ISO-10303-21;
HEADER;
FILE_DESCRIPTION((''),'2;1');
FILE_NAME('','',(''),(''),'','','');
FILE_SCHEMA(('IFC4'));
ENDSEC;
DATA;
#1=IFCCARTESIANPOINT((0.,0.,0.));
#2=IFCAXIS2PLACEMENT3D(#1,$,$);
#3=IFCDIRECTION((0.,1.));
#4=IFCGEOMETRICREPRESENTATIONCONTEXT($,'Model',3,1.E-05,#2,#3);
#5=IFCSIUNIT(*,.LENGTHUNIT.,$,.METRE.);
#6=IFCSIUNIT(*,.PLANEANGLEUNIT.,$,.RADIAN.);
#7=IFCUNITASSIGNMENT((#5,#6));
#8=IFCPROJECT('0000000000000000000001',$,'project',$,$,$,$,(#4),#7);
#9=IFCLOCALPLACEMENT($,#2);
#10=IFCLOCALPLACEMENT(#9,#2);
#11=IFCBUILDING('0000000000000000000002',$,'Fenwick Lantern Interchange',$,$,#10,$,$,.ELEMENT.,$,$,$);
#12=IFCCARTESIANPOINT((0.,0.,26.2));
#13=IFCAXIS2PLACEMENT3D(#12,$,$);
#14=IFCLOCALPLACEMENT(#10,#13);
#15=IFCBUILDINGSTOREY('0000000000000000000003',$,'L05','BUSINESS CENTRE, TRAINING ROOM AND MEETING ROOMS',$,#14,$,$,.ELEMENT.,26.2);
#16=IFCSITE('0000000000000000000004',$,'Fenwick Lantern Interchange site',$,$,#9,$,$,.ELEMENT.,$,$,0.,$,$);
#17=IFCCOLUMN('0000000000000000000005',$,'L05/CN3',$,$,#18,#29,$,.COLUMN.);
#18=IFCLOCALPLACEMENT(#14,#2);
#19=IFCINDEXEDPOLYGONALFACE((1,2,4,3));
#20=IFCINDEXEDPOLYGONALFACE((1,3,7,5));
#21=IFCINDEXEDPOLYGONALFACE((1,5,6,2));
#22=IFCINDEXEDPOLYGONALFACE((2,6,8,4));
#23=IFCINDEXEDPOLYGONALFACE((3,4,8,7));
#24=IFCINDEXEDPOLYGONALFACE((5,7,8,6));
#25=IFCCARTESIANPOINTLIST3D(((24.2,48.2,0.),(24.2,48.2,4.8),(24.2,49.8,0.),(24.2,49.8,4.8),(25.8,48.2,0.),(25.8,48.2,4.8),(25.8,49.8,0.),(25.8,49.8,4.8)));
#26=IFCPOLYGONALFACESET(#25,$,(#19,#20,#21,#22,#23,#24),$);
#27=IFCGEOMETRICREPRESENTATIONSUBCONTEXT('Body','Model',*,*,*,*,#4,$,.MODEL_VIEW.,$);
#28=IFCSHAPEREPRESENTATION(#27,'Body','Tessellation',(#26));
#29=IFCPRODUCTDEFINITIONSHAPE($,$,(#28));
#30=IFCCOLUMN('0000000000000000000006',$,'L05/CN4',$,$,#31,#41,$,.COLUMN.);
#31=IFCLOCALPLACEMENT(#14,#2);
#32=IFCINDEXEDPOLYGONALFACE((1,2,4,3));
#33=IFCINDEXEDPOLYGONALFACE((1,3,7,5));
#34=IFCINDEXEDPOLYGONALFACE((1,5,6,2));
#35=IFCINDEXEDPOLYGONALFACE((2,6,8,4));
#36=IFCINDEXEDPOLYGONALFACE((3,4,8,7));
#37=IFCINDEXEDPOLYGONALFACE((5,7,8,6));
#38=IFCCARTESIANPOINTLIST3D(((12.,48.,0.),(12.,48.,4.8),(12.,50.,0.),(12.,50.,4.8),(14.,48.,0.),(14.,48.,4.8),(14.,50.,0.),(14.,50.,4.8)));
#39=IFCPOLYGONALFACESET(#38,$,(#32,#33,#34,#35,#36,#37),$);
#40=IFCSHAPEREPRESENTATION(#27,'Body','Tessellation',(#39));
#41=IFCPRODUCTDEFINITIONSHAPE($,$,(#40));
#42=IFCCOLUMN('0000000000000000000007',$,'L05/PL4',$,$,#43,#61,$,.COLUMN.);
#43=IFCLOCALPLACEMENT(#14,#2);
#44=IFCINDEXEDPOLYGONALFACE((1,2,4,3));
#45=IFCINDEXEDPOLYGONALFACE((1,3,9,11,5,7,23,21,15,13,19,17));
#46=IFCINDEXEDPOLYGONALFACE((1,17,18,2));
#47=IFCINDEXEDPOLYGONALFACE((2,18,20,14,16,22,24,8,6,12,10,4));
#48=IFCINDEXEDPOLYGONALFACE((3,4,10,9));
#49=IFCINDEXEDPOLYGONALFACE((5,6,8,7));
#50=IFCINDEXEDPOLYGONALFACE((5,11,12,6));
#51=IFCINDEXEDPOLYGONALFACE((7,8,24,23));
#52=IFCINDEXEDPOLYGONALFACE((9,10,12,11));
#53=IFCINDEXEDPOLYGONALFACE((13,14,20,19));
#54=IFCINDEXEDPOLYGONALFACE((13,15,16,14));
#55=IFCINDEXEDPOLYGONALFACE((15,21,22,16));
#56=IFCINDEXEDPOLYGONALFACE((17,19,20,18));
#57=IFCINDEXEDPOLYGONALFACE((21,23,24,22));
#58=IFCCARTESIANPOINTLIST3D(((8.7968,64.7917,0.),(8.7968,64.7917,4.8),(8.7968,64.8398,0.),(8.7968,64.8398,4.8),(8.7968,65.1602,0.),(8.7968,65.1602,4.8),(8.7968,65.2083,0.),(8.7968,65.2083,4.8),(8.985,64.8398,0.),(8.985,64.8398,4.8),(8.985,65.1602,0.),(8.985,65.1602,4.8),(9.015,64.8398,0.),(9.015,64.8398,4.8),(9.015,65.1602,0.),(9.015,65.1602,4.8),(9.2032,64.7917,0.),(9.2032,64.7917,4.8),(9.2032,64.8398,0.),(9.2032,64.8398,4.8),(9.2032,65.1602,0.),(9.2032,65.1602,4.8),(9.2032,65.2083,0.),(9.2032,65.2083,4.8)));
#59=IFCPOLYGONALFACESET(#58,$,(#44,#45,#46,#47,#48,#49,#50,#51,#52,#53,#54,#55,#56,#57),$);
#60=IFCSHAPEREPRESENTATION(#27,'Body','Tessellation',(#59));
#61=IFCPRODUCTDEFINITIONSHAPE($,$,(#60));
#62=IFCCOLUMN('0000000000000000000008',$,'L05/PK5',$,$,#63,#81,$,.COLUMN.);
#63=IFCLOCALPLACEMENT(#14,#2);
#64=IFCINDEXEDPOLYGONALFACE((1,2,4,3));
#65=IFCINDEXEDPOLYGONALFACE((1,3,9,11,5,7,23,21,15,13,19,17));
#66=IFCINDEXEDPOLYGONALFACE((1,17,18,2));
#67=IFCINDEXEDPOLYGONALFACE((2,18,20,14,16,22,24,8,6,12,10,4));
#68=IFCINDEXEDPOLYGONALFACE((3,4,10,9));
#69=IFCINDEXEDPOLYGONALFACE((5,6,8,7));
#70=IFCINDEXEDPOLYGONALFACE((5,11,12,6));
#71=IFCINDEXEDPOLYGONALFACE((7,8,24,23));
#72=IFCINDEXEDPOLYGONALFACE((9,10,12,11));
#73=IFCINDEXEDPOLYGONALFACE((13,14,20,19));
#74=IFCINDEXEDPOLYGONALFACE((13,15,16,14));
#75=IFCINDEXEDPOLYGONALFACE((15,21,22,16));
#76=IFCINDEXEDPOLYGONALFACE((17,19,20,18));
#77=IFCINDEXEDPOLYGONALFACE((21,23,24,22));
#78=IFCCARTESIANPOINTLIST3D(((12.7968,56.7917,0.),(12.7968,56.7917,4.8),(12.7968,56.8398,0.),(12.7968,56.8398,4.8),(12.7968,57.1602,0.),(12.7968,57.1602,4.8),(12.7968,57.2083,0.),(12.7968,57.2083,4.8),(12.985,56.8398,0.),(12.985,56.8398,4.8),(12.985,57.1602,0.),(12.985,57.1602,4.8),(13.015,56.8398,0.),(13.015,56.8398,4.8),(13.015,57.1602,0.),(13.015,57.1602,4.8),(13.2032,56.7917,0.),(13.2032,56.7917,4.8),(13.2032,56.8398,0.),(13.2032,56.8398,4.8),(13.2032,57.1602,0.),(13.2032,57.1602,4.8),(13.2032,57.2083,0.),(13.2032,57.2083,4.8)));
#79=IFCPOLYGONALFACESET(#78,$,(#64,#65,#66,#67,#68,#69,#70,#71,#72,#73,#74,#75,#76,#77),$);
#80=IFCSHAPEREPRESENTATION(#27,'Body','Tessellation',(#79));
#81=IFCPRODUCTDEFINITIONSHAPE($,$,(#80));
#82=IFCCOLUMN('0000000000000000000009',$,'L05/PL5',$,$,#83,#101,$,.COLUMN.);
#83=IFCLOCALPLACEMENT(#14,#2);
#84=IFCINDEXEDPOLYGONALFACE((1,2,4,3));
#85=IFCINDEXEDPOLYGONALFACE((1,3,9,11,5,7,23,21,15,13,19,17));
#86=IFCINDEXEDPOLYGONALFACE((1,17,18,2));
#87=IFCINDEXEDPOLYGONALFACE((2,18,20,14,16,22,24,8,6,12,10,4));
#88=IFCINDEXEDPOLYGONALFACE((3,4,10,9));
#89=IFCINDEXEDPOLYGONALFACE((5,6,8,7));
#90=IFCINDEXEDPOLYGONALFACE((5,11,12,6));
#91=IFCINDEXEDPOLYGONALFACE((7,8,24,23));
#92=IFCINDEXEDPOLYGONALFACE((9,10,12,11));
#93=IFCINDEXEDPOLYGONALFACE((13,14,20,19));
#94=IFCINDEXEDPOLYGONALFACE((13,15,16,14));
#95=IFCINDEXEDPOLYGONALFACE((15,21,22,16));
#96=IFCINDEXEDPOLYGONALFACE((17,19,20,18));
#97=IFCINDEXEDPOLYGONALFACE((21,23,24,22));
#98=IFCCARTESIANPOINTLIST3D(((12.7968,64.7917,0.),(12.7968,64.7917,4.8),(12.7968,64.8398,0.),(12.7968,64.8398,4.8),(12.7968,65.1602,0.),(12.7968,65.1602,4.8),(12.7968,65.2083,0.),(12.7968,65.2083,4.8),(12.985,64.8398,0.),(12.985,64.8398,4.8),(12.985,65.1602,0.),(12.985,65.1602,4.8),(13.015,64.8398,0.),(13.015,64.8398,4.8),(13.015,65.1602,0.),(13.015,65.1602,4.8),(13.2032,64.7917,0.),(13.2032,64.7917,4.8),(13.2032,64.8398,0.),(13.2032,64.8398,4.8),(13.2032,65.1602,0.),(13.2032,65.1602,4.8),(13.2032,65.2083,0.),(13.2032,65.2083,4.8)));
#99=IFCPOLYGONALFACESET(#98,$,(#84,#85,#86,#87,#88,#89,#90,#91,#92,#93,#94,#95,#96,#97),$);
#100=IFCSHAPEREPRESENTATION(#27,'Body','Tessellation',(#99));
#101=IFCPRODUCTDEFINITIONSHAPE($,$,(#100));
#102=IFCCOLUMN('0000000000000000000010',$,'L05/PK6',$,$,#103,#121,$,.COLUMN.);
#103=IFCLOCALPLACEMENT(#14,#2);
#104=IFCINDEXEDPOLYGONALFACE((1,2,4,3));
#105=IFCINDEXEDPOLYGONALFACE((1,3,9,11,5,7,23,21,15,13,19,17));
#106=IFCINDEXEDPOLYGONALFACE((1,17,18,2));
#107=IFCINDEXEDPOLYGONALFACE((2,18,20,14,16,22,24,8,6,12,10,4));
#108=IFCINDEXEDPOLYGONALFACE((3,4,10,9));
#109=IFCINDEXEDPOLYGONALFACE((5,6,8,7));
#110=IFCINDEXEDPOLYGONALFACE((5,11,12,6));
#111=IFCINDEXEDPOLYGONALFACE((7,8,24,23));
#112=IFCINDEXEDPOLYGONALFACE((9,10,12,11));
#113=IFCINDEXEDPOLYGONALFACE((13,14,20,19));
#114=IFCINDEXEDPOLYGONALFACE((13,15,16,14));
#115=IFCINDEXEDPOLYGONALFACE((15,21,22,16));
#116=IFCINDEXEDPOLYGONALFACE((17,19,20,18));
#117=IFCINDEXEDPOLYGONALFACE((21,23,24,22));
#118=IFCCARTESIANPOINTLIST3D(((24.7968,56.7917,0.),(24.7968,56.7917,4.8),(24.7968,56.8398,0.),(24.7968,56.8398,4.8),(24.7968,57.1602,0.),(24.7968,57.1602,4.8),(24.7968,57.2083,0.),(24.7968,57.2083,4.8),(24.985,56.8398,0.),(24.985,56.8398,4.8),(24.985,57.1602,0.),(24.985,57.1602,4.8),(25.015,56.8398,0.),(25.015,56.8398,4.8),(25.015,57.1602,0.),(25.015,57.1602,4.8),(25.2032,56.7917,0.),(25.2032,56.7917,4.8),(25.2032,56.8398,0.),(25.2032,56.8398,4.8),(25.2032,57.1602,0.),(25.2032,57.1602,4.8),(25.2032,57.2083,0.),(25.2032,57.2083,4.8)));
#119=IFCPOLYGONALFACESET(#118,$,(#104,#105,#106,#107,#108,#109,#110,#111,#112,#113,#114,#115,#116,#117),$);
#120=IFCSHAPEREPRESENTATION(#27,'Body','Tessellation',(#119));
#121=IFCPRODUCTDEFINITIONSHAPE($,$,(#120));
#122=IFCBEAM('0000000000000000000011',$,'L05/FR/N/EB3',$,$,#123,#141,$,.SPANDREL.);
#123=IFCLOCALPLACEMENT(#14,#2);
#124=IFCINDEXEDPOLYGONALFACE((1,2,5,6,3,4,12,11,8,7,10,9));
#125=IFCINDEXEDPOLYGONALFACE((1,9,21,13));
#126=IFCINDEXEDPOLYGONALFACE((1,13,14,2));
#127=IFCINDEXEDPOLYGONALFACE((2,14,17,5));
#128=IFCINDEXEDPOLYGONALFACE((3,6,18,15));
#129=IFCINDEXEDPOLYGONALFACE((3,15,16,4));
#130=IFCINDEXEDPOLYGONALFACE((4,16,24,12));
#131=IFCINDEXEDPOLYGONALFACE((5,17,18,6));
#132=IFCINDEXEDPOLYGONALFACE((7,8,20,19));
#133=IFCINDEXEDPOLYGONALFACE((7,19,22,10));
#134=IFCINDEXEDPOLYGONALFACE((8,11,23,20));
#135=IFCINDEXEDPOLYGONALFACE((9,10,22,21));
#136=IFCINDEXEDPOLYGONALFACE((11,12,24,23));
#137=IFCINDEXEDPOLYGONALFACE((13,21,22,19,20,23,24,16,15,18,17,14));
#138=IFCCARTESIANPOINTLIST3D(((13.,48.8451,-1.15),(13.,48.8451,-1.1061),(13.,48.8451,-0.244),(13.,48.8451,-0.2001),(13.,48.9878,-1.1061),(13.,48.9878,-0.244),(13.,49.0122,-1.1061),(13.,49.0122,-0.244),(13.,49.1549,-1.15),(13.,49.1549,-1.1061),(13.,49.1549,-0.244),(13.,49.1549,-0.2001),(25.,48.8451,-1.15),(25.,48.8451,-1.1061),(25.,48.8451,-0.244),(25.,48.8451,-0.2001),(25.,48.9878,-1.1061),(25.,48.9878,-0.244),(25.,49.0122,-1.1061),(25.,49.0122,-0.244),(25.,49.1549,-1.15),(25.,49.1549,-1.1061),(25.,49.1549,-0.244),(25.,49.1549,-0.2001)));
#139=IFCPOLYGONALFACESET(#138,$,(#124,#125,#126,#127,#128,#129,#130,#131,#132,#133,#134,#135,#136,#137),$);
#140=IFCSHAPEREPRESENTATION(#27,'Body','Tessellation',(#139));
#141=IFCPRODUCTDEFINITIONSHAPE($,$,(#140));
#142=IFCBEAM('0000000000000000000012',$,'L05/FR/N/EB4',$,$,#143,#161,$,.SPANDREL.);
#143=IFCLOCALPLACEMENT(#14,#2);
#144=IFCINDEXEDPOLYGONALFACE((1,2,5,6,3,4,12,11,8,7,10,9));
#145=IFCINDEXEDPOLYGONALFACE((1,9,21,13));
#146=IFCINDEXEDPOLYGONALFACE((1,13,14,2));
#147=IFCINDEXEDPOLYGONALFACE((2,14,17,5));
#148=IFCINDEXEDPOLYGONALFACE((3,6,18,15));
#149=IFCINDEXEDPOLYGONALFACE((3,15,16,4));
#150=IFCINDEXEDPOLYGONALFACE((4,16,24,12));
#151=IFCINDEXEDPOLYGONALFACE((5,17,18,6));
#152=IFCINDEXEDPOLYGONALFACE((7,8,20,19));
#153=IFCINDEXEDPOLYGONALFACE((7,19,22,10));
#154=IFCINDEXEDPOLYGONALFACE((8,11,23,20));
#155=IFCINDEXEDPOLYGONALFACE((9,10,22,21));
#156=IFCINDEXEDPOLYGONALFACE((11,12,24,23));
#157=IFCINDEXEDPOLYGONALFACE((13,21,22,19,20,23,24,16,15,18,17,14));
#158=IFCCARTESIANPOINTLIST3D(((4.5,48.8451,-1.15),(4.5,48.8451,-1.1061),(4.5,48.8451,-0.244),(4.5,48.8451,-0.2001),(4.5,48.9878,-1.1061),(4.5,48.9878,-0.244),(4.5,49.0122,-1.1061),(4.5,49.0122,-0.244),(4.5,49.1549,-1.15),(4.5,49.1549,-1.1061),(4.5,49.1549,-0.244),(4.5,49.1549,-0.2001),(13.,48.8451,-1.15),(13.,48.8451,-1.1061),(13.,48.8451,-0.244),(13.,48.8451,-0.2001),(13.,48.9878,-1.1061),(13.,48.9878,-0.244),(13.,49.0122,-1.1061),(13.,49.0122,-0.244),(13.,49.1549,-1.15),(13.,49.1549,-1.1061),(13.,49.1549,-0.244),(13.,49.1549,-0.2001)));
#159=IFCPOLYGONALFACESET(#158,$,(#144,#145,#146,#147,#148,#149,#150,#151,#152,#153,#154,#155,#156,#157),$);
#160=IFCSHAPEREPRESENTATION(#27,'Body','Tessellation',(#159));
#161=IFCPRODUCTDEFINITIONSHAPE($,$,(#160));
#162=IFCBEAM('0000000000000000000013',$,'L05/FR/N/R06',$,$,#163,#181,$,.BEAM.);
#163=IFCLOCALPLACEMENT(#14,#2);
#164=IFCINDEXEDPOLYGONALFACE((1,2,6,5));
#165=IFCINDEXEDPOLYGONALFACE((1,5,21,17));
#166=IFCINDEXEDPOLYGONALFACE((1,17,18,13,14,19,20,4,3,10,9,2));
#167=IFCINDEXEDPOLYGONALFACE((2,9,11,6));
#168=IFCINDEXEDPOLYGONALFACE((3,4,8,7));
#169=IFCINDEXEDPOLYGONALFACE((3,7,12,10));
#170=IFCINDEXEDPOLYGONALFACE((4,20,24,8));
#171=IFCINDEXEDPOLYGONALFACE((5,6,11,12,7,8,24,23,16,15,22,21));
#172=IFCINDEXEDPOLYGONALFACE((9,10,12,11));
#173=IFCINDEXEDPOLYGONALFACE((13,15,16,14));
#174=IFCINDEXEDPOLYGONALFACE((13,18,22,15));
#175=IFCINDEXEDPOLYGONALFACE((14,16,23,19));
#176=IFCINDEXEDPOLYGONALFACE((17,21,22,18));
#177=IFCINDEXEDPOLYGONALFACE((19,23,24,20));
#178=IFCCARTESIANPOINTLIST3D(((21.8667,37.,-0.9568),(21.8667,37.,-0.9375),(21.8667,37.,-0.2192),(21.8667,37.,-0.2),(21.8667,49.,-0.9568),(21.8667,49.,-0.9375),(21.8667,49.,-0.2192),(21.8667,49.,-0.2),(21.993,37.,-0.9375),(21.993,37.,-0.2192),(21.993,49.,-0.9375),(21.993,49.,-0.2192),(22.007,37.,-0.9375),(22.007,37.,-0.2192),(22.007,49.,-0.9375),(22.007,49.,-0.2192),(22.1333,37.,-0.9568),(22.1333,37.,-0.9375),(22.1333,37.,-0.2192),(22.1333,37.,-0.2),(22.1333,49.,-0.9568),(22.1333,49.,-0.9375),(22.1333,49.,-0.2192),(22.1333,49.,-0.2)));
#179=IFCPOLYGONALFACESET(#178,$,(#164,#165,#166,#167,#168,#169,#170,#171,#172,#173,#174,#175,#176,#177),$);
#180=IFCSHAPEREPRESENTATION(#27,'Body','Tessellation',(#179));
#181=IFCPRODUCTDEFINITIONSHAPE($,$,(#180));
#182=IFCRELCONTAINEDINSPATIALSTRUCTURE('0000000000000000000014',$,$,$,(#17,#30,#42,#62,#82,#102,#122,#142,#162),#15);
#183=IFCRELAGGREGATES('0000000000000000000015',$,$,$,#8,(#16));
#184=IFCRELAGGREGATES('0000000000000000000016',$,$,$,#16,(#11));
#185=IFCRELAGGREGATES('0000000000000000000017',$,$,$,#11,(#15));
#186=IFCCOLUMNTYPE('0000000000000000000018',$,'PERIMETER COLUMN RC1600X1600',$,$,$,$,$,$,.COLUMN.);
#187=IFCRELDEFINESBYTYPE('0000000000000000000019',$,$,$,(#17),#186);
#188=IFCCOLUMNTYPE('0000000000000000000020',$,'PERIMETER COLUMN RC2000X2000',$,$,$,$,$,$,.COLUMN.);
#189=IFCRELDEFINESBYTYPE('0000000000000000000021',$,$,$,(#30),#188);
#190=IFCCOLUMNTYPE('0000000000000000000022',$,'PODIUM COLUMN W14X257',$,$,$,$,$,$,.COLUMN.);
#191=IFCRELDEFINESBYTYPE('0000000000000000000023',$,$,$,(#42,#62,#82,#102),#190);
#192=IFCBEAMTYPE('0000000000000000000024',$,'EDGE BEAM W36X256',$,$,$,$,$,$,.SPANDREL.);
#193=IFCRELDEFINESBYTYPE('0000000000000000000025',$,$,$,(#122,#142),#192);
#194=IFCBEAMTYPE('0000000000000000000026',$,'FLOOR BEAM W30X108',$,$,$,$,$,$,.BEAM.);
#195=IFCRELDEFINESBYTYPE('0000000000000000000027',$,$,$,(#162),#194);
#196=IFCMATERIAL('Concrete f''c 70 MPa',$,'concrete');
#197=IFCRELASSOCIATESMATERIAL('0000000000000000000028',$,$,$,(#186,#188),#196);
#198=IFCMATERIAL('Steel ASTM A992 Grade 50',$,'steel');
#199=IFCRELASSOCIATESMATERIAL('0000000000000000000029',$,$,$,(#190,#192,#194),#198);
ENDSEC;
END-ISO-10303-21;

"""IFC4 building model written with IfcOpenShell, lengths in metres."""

from ifc_helpers import new_model, si_unit, direction, frame, origin, origin_2d, place, context, subcontext, project, spatial, rectangle, i_section, extrude, material, material_profile, profile_set, type_object, element, save


model = new_model("IFC4")

# Units and contexts
model_context = context("Model", 3, precision=1e-05, world=origin(), true_north=direction((0.0, 1.0)))
body_context = subcontext(model_context, "Body", "Model", "MODEL_VIEW")
ifc_project = project(units=[si_unit("LENGTHUNIT", "METRE"), si_unit("PLANEANGLEUNIT", "RADIAN")], contexts=[model_context])

# Site, building, storey
site_placement = place(None, origin())
site = spatial("IfcSite", under=ifc_project, at=site_placement, Name="Fenwick Lantern Interchange site", CompositionType="ELEMENT", RefElevation=0.0)
building_placement = place(site_placement, origin())
building = spatial("IfcBuilding", under=site, at=building_placement, Name="Fenwick Lantern Interchange", CompositionType="ELEMENT")
storey_placement = place(building_placement, frame((0.0, 0.0, 26.2)))
storey = spatial("IfcBuildingStorey", under=building, at=storey_placement, Name="L05", Description="BUSINESS CENTRE, TRAINING ROOM AND MEETING ROOMS", CompositionType="ELEMENT", Elevation=26.2)

# Columns
ifc_material_1 = material(Name="Concrete f'c 70 MPa", Category="concrete")
ifc_material_profile_1 = material_profile(ifc_material_1, rectangle(XDim=1.6001, YDim=1.6001, at=origin_2d()), Name="RC1600X1600")
ifc_profile_set_1 = profile_set([ifc_material_profile_1], Name="Concrete f'c 70 MPa")
column_type_1 = type_object("IfcColumnType", Name="PERIMETER COLUMN RC1600X1600", PredefinedType="COLUMN", material=ifc_profile_set_1)
column_1_placement = place(storey_placement, frame((25.0, 49.0, 0.0), z_axis=(0.0, 0.0, 1.0), x_axis=(1.0, 0.0, 0.0)))
element("IfcColumn", 1, at=column_1_placement, inside=storey, type_object=column_type_1, Name="L05/CN3", PredefinedType="COLUMN", context=body_context, shape_type="SweptSolid", body=[
    extrude(rectangle(XDim=1.6001, YDim=1.6001, at=origin_2d()), origin(), (0.0, 0.0, 1.0), 4.8),
])
ifc_material_profile_2 = material_profile(ifc_material_1, rectangle(XDim=2.0, YDim=2.0, at=origin_2d()), Name="RC2000X2000")
ifc_profile_set_2 = profile_set([ifc_material_profile_2], Name="Concrete f'c 70 MPa")
column_type_2 = type_object("IfcColumnType", Name="PERIMETER COLUMN RC2000X2000", PredefinedType="COLUMN", material=ifc_profile_set_2)
column_2_placement = place(storey_placement, frame((13.0, 49.0, 0.0), z_axis=(0.0, 0.0, 1.0), x_axis=(1.0, 0.0, 0.0)))
element("IfcColumn", 2, at=column_2_placement, inside=storey, type_object=column_type_2, Name="L05/CN4", PredefinedType="COLUMN", context=body_context, shape_type="SweptSolid", body=[
    extrude(rectangle(XDim=2.0, YDim=2.0, at=origin_2d()), origin(), (0.0, 0.0, 1.0), 4.8),
])
ifc_material_2 = material(Name="Steel ASTM A992 Grade 50", Category="steel")
ifc_material_profile_3 = material_profile(ifc_material_2, i_section(OverallWidth=0.4065, OverallDepth=0.4165, WebThickness=0.03, FlangeThickness=0.0481, at=origin_2d()), Name="W14X257")
ifc_profile_set_3 = profile_set([ifc_material_profile_3], Name="Steel ASTM A992 Grade 50")
column_type_3 = type_object("IfcColumnType", Name="PODIUM COLUMN W14X257", PredefinedType="COLUMN", material=ifc_profile_set_3)
for number, where, z_axis, x_axis, name in (
    (3, (9.0, 65.0, 0.0), (0.0, 0.0, 1.0), (1.0, 0.0, 0.0), "L05/PL4"),
    (4, (13.0, 57.0, 0.0), (0.0, 0.0, 1.0), (1.0, 0.0, 0.0), "L05/PK5"),
    (5, (13.0, 65.0, 0.0), (0.0, 0.0, 1.0), (1.0, 0.0, 0.0), "L05/PL5"),
    (6, (25.0, 57.0, 0.0), (0.0, 0.0, 1.0), (1.0, 0.0, 0.0), "L05/PK6"),
):
    element("IfcColumn", number, at=place(storey_placement, frame(where, z_axis=z_axis, x_axis=x_axis)), inside=storey, type_object=column_type_3, Name=name, PredefinedType="COLUMN", context=body_context, shape_type="SweptSolid", body=[
        extrude(i_section(OverallWidth=0.4065, OverallDepth=0.4165, WebThickness=0.03, FlangeThickness=0.0481, at=origin_2d()), origin(), (0.0, 0.0, 1.0), 4.8),
    ])

# Beams
ifc_material_profile_4 = material_profile(ifc_material_2, i_section(OverallWidth=0.3098, OverallDepth=0.95, WebThickness=0.0244, FlangeThickness=0.0439, at=origin_2d()), Name="W36X256")
ifc_profile_set_4 = profile_set([ifc_material_profile_4], Name="Steel ASTM A992 Grade 50")
beam_type_1 = type_object("IfcBeamType", Name="EDGE BEAM W36X256", PredefinedType="SPANDREL", material=ifc_profile_set_4)
beam_1_placement = place(storey_placement, frame((25.0, 49.0, -0.675), z_axis=(-1.0, 0.0, 0.0), x_axis=(0.0, -1.0, 0.0)))
element("IfcBeam", 7, at=beam_1_placement, inside=storey, type_object=beam_type_1, Name="L05/FR/N/EB3", PredefinedType="SPANDREL", context=body_context, shape_type="SweptSolid", body=[
    extrude(i_section(OverallWidth=0.3098, OverallDepth=0.95, WebThickness=0.0244, FlangeThickness=0.0439, at=origin_2d()), origin(), (0.0, 0.0, 1.0), 12.0),
])
beam_2_placement = place(storey_placement, frame((13.0, 49.0, -0.675), z_axis=(-1.0, 0.0, 0.0), x_axis=(0.0, -1.0, 0.0)))
element("IfcBeam", 8, at=beam_2_placement, inside=storey, type_object=beam_type_1, Name="L05/FR/N/EB4", PredefinedType="SPANDREL", context=body_context, shape_type="SweptSolid", body=[
    extrude(i_section(OverallWidth=0.3098, OverallDepth=0.95, WebThickness=0.0244, FlangeThickness=0.0439, at=origin_2d()), origin(), (0.0, 0.0, 1.0), 8.5),
])
ifc_material_profile_5 = material_profile(ifc_material_2, i_section(OverallWidth=0.2666, OverallDepth=0.7568, WebThickness=0.0139, FlangeThickness=0.0193, at=origin_2d()), Name="W30X108")
ifc_profile_set_5 = profile_set([ifc_material_profile_5], Name="Steel ASTM A992 Grade 50")
beam_type_2 = type_object("IfcBeamType", Name="FLOOR BEAM W30X108", PredefinedType="BEAM", material=ifc_profile_set_5)
for number, where, z_axis, x_axis, name in (
    (9, (22.0, 49.0, -0.5784), (0.0, -1.0, 0.0), (1.0, 0.0, 0.0), "L05/FR/N/R06"),
):
    element("IfcBeam", number, at=place(storey_placement, frame(where, z_axis=z_axis, x_axis=x_axis)), inside=storey, type_object=beam_type_2, Name=name, PredefinedType="BEAM", context=body_context, shape_type="SweptSolid", body=[
        extrude(i_section(OverallWidth=0.2666, OverallDepth=0.7568, WebThickness=0.0139, FlangeThickness=0.0193, at=origin_2d()), origin(), (0.0, 0.0, 1.0), 12.0),
    ])

save(model, "model.ifc")
